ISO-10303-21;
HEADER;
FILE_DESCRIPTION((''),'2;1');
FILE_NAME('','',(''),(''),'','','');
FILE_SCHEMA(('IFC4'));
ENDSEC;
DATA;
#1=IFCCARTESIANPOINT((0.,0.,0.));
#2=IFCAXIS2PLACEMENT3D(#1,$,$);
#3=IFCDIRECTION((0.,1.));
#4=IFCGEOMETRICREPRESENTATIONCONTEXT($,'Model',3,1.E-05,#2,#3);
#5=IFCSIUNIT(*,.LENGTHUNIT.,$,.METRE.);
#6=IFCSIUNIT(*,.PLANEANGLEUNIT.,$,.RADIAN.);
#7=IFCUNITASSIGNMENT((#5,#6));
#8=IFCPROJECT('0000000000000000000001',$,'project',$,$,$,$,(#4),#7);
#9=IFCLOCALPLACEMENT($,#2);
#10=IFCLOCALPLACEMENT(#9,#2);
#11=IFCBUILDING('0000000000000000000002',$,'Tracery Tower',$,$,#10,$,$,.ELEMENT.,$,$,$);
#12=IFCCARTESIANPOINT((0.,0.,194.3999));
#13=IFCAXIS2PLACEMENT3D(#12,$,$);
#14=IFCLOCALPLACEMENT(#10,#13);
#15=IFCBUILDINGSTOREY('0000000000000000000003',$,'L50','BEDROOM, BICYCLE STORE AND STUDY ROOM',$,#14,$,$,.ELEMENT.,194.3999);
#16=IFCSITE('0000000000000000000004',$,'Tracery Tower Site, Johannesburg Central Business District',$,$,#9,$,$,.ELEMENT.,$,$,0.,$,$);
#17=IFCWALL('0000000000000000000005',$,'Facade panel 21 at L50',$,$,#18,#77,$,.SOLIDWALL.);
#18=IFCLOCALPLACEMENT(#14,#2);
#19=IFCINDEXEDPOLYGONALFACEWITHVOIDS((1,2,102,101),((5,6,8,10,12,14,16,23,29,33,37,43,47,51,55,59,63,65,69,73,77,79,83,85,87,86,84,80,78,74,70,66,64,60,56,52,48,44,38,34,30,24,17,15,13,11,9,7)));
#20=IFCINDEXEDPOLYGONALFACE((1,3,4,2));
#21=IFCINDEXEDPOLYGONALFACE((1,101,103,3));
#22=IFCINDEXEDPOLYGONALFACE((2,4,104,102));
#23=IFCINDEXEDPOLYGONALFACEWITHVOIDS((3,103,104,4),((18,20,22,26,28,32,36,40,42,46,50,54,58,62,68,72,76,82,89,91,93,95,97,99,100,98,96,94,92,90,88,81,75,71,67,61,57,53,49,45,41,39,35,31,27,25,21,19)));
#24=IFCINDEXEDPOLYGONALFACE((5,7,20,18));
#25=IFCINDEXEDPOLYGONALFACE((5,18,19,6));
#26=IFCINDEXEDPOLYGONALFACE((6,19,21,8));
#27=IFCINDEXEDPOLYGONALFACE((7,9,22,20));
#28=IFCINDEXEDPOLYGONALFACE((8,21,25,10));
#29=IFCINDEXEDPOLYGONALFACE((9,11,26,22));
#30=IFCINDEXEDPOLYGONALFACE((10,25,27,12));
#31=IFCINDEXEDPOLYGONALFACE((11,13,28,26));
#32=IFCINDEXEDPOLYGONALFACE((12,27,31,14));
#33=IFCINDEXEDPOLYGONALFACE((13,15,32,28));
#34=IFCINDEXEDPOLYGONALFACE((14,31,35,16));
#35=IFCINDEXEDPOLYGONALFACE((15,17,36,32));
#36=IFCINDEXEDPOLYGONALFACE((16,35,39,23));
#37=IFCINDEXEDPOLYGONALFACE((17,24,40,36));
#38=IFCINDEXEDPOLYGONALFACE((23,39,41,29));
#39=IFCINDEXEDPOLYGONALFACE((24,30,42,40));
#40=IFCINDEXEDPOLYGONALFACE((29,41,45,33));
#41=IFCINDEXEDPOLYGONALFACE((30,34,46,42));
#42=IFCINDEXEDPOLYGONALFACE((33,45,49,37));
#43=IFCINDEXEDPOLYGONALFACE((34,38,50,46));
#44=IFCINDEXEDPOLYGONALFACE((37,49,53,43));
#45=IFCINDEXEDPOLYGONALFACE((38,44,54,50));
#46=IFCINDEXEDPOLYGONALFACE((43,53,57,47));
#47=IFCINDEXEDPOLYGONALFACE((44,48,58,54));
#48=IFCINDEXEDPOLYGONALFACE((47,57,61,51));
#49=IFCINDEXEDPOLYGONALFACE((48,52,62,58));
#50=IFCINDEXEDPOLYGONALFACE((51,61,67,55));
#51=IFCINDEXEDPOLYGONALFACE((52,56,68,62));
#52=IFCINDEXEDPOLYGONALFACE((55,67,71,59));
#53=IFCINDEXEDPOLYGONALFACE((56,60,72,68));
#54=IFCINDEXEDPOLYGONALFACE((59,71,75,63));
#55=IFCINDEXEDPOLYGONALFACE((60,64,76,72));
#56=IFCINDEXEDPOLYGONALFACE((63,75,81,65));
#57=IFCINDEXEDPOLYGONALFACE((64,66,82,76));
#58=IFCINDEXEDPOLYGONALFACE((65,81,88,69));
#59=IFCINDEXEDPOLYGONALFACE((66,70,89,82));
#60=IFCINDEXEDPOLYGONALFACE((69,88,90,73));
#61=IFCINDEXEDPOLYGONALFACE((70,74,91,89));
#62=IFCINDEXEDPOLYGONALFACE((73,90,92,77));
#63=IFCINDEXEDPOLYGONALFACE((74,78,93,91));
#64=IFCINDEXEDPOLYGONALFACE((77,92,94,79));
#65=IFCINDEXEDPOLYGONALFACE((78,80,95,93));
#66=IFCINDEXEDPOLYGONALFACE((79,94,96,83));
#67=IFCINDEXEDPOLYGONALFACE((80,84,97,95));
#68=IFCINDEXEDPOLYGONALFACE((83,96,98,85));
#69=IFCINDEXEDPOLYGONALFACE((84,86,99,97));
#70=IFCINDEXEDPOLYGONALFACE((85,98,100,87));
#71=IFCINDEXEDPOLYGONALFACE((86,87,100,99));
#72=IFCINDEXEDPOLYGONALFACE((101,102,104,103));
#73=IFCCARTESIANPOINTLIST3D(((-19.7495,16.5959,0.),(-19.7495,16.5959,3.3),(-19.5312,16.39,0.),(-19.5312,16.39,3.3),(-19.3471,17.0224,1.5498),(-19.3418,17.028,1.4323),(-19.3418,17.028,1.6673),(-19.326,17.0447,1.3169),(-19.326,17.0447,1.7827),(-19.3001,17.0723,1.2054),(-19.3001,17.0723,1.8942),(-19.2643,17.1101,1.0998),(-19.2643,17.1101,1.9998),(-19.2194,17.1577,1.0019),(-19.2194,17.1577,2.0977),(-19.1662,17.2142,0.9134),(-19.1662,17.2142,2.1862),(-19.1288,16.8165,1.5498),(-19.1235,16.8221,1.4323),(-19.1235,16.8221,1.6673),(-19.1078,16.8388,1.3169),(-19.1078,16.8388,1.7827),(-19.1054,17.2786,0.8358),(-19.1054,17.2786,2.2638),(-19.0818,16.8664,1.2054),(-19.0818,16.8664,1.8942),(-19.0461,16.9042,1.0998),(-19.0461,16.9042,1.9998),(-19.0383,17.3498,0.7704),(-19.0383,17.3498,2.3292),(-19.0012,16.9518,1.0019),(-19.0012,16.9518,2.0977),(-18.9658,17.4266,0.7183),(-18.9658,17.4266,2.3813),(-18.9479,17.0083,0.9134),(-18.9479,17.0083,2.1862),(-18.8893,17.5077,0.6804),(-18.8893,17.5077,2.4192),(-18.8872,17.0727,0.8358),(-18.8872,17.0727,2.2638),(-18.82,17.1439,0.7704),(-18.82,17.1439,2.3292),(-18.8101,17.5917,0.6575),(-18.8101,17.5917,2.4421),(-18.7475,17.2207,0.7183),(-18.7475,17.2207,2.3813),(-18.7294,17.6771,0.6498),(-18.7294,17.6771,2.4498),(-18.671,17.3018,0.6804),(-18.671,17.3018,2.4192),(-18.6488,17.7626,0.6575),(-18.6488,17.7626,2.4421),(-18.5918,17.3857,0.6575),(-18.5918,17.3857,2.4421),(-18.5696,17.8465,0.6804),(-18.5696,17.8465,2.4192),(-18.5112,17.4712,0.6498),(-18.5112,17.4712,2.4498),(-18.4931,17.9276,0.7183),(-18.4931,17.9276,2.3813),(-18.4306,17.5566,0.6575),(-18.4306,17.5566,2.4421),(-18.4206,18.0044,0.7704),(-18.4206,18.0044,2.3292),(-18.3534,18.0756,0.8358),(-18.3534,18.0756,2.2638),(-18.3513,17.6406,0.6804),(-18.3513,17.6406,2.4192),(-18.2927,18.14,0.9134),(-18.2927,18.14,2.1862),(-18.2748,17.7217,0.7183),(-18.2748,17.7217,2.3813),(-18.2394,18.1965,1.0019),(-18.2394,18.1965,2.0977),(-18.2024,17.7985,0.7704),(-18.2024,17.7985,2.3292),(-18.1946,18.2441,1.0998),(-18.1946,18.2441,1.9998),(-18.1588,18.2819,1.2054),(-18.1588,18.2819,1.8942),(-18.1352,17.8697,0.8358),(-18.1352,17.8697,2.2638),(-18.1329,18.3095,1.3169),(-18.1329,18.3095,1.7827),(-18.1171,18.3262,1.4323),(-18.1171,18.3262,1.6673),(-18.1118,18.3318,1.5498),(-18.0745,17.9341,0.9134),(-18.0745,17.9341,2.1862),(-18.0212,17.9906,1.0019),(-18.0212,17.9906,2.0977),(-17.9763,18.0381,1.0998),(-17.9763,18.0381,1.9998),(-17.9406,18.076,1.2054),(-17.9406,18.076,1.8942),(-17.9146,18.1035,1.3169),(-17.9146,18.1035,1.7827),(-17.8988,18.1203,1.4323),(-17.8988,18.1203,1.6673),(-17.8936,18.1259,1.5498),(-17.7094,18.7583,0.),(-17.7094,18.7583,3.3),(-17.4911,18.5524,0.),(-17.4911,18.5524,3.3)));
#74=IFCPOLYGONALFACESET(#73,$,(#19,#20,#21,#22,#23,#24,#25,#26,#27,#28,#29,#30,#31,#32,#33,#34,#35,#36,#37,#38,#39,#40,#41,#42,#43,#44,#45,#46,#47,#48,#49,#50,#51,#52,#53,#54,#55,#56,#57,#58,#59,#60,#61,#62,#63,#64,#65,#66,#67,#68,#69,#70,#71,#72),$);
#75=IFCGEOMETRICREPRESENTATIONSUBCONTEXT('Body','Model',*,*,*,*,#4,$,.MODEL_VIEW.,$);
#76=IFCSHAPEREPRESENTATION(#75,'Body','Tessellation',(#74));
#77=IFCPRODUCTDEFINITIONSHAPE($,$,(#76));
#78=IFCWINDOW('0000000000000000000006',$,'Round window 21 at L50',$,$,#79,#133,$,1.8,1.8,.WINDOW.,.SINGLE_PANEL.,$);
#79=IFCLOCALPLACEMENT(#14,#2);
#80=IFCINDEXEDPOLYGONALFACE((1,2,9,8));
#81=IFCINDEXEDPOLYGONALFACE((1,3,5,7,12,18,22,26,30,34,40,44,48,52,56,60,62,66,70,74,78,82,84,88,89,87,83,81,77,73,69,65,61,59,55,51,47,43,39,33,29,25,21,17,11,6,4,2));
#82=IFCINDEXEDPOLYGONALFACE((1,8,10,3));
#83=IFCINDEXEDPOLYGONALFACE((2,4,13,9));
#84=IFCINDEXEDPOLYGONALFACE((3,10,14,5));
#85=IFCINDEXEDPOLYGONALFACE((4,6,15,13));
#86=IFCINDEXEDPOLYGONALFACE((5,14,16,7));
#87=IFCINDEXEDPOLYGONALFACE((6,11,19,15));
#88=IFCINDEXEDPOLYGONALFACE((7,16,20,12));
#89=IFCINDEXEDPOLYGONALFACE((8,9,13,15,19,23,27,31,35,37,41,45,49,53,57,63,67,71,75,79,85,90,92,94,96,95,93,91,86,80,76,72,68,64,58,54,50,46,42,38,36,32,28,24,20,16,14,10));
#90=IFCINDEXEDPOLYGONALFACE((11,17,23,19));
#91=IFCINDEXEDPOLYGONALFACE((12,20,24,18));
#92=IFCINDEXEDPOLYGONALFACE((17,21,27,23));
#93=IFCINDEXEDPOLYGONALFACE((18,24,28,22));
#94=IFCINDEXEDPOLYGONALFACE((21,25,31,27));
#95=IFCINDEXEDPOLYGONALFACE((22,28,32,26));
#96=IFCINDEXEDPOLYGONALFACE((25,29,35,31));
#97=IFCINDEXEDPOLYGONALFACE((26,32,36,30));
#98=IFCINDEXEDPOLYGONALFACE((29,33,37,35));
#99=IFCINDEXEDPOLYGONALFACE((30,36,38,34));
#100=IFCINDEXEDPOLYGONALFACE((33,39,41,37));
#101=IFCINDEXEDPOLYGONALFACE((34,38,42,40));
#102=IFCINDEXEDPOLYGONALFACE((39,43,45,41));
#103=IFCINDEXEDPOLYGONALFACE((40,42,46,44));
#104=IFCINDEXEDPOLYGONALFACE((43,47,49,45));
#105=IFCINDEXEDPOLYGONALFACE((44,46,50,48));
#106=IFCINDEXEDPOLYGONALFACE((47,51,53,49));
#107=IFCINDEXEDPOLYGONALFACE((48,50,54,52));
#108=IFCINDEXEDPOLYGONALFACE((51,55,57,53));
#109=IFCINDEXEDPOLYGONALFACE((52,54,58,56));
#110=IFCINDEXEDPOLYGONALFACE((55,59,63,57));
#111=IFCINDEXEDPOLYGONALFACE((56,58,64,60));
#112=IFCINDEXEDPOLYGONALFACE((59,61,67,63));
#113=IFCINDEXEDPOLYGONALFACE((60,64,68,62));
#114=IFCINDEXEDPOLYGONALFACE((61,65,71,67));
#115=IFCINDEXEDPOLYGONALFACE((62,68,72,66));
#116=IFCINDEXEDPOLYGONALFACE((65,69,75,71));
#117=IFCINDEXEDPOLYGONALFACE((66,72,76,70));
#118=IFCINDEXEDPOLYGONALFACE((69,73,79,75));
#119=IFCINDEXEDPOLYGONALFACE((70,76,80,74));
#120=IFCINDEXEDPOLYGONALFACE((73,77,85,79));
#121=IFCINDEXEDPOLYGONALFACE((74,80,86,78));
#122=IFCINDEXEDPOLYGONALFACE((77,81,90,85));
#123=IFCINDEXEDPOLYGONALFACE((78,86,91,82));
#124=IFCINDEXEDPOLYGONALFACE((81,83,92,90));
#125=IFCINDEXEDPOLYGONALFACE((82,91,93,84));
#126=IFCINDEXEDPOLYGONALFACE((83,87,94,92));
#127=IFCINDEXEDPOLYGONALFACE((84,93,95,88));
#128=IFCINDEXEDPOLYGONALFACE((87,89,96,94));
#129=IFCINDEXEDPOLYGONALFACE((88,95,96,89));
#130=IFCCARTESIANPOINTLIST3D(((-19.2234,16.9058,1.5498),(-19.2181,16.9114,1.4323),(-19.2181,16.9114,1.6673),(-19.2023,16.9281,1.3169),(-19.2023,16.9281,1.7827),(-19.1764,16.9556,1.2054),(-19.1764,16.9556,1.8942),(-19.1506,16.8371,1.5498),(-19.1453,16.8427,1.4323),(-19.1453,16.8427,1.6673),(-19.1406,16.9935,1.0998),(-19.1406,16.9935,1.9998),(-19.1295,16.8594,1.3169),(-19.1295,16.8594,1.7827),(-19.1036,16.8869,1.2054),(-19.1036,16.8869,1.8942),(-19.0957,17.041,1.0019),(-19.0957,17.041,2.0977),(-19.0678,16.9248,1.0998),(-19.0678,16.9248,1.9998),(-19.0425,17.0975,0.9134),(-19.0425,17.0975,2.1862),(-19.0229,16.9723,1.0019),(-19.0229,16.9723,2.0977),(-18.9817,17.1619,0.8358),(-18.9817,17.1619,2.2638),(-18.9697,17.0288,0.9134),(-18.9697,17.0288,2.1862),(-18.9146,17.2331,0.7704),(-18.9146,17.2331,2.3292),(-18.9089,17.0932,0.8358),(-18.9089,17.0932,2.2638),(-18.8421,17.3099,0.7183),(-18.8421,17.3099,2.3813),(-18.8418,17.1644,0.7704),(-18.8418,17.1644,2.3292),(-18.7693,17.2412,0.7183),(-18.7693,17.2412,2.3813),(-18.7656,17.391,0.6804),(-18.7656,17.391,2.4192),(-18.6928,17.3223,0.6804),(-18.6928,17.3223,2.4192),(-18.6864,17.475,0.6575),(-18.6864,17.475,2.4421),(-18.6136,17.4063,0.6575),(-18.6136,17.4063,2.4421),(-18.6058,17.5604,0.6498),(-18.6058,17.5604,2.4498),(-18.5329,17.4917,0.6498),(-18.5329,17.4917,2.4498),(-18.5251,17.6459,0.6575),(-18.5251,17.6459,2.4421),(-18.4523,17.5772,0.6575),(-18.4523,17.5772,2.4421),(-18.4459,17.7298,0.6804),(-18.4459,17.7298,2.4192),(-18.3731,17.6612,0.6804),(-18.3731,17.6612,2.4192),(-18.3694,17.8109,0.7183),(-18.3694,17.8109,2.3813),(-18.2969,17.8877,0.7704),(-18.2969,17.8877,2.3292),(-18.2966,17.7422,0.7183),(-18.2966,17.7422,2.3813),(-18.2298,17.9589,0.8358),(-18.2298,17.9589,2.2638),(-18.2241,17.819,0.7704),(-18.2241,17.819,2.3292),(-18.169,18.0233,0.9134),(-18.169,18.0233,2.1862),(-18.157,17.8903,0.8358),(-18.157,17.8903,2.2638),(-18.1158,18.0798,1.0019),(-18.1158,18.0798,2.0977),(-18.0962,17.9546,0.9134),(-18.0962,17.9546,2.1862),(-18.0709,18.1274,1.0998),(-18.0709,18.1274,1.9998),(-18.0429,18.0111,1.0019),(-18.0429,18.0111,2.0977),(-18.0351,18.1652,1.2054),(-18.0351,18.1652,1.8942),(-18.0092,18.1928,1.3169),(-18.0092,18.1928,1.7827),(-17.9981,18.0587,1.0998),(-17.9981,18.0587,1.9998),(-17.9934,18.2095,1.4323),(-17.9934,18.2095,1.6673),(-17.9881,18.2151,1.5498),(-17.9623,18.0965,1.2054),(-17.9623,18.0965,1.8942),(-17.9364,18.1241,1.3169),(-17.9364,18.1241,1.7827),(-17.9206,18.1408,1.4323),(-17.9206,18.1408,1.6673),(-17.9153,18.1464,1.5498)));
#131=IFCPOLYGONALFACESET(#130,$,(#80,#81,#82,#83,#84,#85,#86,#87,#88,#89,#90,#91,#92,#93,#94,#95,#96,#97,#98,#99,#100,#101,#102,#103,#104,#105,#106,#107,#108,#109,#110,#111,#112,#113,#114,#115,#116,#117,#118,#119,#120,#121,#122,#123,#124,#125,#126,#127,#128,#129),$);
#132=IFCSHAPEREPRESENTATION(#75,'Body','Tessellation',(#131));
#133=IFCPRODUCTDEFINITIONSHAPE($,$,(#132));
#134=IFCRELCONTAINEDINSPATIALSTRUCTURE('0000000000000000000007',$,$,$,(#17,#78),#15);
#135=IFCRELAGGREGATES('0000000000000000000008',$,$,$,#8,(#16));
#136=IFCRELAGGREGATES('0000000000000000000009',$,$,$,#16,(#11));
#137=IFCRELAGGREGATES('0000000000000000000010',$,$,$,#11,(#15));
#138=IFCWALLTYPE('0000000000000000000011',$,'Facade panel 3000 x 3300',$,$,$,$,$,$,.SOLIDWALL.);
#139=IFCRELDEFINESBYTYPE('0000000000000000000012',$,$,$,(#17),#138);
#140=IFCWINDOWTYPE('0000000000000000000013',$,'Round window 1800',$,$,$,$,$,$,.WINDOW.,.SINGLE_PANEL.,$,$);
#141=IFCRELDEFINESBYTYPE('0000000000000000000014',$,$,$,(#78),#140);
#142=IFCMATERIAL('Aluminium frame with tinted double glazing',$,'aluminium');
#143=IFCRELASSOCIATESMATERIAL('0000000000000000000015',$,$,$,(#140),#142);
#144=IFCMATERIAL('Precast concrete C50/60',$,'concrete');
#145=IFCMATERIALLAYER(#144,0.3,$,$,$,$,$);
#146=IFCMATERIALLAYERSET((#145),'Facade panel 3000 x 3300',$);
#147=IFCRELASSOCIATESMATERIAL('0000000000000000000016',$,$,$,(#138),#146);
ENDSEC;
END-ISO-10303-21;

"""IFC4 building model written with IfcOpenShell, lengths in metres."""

from ifc_helpers import new_model, si_unit, direction, frame, frame_2d, origin, origin_2d, place, context, subcontext, project, spatial, rectangle, circle, extrude, material, layer, layer_set, type_object, element, fill, save


model = new_model("IFC4")

# Units and contexts
model_context = context("Model", 3, precision=1e-05, world=origin(), true_north=direction((0.0, 1.0)))
body_context = subcontext(model_context, "Body", "Model", "MODEL_VIEW")
ifc_project = project(units=[si_unit("LENGTHUNIT", "METRE"), si_unit("PLANEANGLEUNIT", "RADIAN")], contexts=[model_context])

# Site, building, storey
site_placement = place(None, origin())
site = spatial("IfcSite", under=ifc_project, at=site_placement, Name="Tracery Tower Site, Johannesburg Central Business District", CompositionType="ELEMENT", RefElevation=0.0)
building_placement = place(site_placement, origin())
building = spatial("IfcBuilding", under=site, at=building_placement, Name="Tracery Tower", CompositionType="ELEMENT")
storey_placement = place(building_placement, frame((0.0, 0.0, 194.3999)))
storey = spatial("IfcBuildingStorey", under=building, at=storey_placement, Name="L50", Description="BEDROOM, BICYCLE STORE AND STUDY ROOM", CompositionType="ELEMENT", Elevation=194.3999)

# Wall, opening, window
ifc_material_1 = material(Name="Aluminium frame with tinted double glazing", Category="aluminium")
window_type = type_object("IfcWindowType", Name="Round window 1800", PartitioningType="SINGLE_PANEL", PredefinedType="WINDOW", material=ifc_material_1)
ifc_material_2 = material(Name="Precast concrete C50/60", Category="concrete")
ifc_layer_1 = layer(ifc_material_2, 0.3)
ifc_layer_set_1 = layer_set([ifc_layer_1], Name="Facade panel 3000 x 3300")
wall_type_1 = type_object("IfcWallType", Name="Facade panel 3000 x 3300", PredefinedType="SOLIDWALL", material=ifc_layer_set_1)
wall_1_placement = place(storey_placement, frame((-17.6003, 18.6553, 0.0), z_axis=(0.0, 0.0, 1.0), x_axis=(-0.686235, -0.72738, 0.0)))
wall_1 = element("IfcWall", 1, at=wall_1_placement, inside=storey, type_object=wall_type_1, Name="Facade panel 21 at L50", PredefinedType="SOLIDWALL", context=body_context, shape_type="SweptSolid", body=[
    extrude(rectangle(XDim=2.9729, YDim=0.3, at=frame_2d((1.4863, 0.0))), origin(), (0.0, 0.0, 1.0), 3.3),
])
opening_1_placement = place(wall_1_placement, frame((1.4863, 0.0, 1.5498)))
opening_1 = element("IfcOpeningElement", 2, at=opening_1_placement, cuts=wall_1, PredefinedType="OPENING", context=body_context, shape_type="SweptSolid", body=[
    extrude(circle(Radius=0.9, at=origin_2d()), frame((0.0, 0.1599, 0.0), z_axis=(0.0, -1.0, 0.0), x_axis=(1.0, 0.0, 0.0)), (0.0, 0.0, 1.0), 0.3201),
])
window_1_placement = place(opening_1_placement, origin())
window_1 = element("IfcWindow", 3, at=window_1_placement, inside=storey, type_object=window_type, Name="Round window 21 at L50", OverallHeight=1.8, OverallWidth=1.8, PartitioningType="SINGLE_PANEL", PredefinedType="WINDOW", context=body_context, shape_type="SweptSolid", body=[
    extrude(circle(Radius=0.9, at=origin_2d()), frame((0.0, 0.1201, 0.0), z_axis=(0.0, -1.0, 0.0), x_axis=(1.0, 0.0, 0.0)), (0.0, 0.0, 1.0), 0.1001),
])
fill(opening_1, window_1)

save(model, "model.ifc")
